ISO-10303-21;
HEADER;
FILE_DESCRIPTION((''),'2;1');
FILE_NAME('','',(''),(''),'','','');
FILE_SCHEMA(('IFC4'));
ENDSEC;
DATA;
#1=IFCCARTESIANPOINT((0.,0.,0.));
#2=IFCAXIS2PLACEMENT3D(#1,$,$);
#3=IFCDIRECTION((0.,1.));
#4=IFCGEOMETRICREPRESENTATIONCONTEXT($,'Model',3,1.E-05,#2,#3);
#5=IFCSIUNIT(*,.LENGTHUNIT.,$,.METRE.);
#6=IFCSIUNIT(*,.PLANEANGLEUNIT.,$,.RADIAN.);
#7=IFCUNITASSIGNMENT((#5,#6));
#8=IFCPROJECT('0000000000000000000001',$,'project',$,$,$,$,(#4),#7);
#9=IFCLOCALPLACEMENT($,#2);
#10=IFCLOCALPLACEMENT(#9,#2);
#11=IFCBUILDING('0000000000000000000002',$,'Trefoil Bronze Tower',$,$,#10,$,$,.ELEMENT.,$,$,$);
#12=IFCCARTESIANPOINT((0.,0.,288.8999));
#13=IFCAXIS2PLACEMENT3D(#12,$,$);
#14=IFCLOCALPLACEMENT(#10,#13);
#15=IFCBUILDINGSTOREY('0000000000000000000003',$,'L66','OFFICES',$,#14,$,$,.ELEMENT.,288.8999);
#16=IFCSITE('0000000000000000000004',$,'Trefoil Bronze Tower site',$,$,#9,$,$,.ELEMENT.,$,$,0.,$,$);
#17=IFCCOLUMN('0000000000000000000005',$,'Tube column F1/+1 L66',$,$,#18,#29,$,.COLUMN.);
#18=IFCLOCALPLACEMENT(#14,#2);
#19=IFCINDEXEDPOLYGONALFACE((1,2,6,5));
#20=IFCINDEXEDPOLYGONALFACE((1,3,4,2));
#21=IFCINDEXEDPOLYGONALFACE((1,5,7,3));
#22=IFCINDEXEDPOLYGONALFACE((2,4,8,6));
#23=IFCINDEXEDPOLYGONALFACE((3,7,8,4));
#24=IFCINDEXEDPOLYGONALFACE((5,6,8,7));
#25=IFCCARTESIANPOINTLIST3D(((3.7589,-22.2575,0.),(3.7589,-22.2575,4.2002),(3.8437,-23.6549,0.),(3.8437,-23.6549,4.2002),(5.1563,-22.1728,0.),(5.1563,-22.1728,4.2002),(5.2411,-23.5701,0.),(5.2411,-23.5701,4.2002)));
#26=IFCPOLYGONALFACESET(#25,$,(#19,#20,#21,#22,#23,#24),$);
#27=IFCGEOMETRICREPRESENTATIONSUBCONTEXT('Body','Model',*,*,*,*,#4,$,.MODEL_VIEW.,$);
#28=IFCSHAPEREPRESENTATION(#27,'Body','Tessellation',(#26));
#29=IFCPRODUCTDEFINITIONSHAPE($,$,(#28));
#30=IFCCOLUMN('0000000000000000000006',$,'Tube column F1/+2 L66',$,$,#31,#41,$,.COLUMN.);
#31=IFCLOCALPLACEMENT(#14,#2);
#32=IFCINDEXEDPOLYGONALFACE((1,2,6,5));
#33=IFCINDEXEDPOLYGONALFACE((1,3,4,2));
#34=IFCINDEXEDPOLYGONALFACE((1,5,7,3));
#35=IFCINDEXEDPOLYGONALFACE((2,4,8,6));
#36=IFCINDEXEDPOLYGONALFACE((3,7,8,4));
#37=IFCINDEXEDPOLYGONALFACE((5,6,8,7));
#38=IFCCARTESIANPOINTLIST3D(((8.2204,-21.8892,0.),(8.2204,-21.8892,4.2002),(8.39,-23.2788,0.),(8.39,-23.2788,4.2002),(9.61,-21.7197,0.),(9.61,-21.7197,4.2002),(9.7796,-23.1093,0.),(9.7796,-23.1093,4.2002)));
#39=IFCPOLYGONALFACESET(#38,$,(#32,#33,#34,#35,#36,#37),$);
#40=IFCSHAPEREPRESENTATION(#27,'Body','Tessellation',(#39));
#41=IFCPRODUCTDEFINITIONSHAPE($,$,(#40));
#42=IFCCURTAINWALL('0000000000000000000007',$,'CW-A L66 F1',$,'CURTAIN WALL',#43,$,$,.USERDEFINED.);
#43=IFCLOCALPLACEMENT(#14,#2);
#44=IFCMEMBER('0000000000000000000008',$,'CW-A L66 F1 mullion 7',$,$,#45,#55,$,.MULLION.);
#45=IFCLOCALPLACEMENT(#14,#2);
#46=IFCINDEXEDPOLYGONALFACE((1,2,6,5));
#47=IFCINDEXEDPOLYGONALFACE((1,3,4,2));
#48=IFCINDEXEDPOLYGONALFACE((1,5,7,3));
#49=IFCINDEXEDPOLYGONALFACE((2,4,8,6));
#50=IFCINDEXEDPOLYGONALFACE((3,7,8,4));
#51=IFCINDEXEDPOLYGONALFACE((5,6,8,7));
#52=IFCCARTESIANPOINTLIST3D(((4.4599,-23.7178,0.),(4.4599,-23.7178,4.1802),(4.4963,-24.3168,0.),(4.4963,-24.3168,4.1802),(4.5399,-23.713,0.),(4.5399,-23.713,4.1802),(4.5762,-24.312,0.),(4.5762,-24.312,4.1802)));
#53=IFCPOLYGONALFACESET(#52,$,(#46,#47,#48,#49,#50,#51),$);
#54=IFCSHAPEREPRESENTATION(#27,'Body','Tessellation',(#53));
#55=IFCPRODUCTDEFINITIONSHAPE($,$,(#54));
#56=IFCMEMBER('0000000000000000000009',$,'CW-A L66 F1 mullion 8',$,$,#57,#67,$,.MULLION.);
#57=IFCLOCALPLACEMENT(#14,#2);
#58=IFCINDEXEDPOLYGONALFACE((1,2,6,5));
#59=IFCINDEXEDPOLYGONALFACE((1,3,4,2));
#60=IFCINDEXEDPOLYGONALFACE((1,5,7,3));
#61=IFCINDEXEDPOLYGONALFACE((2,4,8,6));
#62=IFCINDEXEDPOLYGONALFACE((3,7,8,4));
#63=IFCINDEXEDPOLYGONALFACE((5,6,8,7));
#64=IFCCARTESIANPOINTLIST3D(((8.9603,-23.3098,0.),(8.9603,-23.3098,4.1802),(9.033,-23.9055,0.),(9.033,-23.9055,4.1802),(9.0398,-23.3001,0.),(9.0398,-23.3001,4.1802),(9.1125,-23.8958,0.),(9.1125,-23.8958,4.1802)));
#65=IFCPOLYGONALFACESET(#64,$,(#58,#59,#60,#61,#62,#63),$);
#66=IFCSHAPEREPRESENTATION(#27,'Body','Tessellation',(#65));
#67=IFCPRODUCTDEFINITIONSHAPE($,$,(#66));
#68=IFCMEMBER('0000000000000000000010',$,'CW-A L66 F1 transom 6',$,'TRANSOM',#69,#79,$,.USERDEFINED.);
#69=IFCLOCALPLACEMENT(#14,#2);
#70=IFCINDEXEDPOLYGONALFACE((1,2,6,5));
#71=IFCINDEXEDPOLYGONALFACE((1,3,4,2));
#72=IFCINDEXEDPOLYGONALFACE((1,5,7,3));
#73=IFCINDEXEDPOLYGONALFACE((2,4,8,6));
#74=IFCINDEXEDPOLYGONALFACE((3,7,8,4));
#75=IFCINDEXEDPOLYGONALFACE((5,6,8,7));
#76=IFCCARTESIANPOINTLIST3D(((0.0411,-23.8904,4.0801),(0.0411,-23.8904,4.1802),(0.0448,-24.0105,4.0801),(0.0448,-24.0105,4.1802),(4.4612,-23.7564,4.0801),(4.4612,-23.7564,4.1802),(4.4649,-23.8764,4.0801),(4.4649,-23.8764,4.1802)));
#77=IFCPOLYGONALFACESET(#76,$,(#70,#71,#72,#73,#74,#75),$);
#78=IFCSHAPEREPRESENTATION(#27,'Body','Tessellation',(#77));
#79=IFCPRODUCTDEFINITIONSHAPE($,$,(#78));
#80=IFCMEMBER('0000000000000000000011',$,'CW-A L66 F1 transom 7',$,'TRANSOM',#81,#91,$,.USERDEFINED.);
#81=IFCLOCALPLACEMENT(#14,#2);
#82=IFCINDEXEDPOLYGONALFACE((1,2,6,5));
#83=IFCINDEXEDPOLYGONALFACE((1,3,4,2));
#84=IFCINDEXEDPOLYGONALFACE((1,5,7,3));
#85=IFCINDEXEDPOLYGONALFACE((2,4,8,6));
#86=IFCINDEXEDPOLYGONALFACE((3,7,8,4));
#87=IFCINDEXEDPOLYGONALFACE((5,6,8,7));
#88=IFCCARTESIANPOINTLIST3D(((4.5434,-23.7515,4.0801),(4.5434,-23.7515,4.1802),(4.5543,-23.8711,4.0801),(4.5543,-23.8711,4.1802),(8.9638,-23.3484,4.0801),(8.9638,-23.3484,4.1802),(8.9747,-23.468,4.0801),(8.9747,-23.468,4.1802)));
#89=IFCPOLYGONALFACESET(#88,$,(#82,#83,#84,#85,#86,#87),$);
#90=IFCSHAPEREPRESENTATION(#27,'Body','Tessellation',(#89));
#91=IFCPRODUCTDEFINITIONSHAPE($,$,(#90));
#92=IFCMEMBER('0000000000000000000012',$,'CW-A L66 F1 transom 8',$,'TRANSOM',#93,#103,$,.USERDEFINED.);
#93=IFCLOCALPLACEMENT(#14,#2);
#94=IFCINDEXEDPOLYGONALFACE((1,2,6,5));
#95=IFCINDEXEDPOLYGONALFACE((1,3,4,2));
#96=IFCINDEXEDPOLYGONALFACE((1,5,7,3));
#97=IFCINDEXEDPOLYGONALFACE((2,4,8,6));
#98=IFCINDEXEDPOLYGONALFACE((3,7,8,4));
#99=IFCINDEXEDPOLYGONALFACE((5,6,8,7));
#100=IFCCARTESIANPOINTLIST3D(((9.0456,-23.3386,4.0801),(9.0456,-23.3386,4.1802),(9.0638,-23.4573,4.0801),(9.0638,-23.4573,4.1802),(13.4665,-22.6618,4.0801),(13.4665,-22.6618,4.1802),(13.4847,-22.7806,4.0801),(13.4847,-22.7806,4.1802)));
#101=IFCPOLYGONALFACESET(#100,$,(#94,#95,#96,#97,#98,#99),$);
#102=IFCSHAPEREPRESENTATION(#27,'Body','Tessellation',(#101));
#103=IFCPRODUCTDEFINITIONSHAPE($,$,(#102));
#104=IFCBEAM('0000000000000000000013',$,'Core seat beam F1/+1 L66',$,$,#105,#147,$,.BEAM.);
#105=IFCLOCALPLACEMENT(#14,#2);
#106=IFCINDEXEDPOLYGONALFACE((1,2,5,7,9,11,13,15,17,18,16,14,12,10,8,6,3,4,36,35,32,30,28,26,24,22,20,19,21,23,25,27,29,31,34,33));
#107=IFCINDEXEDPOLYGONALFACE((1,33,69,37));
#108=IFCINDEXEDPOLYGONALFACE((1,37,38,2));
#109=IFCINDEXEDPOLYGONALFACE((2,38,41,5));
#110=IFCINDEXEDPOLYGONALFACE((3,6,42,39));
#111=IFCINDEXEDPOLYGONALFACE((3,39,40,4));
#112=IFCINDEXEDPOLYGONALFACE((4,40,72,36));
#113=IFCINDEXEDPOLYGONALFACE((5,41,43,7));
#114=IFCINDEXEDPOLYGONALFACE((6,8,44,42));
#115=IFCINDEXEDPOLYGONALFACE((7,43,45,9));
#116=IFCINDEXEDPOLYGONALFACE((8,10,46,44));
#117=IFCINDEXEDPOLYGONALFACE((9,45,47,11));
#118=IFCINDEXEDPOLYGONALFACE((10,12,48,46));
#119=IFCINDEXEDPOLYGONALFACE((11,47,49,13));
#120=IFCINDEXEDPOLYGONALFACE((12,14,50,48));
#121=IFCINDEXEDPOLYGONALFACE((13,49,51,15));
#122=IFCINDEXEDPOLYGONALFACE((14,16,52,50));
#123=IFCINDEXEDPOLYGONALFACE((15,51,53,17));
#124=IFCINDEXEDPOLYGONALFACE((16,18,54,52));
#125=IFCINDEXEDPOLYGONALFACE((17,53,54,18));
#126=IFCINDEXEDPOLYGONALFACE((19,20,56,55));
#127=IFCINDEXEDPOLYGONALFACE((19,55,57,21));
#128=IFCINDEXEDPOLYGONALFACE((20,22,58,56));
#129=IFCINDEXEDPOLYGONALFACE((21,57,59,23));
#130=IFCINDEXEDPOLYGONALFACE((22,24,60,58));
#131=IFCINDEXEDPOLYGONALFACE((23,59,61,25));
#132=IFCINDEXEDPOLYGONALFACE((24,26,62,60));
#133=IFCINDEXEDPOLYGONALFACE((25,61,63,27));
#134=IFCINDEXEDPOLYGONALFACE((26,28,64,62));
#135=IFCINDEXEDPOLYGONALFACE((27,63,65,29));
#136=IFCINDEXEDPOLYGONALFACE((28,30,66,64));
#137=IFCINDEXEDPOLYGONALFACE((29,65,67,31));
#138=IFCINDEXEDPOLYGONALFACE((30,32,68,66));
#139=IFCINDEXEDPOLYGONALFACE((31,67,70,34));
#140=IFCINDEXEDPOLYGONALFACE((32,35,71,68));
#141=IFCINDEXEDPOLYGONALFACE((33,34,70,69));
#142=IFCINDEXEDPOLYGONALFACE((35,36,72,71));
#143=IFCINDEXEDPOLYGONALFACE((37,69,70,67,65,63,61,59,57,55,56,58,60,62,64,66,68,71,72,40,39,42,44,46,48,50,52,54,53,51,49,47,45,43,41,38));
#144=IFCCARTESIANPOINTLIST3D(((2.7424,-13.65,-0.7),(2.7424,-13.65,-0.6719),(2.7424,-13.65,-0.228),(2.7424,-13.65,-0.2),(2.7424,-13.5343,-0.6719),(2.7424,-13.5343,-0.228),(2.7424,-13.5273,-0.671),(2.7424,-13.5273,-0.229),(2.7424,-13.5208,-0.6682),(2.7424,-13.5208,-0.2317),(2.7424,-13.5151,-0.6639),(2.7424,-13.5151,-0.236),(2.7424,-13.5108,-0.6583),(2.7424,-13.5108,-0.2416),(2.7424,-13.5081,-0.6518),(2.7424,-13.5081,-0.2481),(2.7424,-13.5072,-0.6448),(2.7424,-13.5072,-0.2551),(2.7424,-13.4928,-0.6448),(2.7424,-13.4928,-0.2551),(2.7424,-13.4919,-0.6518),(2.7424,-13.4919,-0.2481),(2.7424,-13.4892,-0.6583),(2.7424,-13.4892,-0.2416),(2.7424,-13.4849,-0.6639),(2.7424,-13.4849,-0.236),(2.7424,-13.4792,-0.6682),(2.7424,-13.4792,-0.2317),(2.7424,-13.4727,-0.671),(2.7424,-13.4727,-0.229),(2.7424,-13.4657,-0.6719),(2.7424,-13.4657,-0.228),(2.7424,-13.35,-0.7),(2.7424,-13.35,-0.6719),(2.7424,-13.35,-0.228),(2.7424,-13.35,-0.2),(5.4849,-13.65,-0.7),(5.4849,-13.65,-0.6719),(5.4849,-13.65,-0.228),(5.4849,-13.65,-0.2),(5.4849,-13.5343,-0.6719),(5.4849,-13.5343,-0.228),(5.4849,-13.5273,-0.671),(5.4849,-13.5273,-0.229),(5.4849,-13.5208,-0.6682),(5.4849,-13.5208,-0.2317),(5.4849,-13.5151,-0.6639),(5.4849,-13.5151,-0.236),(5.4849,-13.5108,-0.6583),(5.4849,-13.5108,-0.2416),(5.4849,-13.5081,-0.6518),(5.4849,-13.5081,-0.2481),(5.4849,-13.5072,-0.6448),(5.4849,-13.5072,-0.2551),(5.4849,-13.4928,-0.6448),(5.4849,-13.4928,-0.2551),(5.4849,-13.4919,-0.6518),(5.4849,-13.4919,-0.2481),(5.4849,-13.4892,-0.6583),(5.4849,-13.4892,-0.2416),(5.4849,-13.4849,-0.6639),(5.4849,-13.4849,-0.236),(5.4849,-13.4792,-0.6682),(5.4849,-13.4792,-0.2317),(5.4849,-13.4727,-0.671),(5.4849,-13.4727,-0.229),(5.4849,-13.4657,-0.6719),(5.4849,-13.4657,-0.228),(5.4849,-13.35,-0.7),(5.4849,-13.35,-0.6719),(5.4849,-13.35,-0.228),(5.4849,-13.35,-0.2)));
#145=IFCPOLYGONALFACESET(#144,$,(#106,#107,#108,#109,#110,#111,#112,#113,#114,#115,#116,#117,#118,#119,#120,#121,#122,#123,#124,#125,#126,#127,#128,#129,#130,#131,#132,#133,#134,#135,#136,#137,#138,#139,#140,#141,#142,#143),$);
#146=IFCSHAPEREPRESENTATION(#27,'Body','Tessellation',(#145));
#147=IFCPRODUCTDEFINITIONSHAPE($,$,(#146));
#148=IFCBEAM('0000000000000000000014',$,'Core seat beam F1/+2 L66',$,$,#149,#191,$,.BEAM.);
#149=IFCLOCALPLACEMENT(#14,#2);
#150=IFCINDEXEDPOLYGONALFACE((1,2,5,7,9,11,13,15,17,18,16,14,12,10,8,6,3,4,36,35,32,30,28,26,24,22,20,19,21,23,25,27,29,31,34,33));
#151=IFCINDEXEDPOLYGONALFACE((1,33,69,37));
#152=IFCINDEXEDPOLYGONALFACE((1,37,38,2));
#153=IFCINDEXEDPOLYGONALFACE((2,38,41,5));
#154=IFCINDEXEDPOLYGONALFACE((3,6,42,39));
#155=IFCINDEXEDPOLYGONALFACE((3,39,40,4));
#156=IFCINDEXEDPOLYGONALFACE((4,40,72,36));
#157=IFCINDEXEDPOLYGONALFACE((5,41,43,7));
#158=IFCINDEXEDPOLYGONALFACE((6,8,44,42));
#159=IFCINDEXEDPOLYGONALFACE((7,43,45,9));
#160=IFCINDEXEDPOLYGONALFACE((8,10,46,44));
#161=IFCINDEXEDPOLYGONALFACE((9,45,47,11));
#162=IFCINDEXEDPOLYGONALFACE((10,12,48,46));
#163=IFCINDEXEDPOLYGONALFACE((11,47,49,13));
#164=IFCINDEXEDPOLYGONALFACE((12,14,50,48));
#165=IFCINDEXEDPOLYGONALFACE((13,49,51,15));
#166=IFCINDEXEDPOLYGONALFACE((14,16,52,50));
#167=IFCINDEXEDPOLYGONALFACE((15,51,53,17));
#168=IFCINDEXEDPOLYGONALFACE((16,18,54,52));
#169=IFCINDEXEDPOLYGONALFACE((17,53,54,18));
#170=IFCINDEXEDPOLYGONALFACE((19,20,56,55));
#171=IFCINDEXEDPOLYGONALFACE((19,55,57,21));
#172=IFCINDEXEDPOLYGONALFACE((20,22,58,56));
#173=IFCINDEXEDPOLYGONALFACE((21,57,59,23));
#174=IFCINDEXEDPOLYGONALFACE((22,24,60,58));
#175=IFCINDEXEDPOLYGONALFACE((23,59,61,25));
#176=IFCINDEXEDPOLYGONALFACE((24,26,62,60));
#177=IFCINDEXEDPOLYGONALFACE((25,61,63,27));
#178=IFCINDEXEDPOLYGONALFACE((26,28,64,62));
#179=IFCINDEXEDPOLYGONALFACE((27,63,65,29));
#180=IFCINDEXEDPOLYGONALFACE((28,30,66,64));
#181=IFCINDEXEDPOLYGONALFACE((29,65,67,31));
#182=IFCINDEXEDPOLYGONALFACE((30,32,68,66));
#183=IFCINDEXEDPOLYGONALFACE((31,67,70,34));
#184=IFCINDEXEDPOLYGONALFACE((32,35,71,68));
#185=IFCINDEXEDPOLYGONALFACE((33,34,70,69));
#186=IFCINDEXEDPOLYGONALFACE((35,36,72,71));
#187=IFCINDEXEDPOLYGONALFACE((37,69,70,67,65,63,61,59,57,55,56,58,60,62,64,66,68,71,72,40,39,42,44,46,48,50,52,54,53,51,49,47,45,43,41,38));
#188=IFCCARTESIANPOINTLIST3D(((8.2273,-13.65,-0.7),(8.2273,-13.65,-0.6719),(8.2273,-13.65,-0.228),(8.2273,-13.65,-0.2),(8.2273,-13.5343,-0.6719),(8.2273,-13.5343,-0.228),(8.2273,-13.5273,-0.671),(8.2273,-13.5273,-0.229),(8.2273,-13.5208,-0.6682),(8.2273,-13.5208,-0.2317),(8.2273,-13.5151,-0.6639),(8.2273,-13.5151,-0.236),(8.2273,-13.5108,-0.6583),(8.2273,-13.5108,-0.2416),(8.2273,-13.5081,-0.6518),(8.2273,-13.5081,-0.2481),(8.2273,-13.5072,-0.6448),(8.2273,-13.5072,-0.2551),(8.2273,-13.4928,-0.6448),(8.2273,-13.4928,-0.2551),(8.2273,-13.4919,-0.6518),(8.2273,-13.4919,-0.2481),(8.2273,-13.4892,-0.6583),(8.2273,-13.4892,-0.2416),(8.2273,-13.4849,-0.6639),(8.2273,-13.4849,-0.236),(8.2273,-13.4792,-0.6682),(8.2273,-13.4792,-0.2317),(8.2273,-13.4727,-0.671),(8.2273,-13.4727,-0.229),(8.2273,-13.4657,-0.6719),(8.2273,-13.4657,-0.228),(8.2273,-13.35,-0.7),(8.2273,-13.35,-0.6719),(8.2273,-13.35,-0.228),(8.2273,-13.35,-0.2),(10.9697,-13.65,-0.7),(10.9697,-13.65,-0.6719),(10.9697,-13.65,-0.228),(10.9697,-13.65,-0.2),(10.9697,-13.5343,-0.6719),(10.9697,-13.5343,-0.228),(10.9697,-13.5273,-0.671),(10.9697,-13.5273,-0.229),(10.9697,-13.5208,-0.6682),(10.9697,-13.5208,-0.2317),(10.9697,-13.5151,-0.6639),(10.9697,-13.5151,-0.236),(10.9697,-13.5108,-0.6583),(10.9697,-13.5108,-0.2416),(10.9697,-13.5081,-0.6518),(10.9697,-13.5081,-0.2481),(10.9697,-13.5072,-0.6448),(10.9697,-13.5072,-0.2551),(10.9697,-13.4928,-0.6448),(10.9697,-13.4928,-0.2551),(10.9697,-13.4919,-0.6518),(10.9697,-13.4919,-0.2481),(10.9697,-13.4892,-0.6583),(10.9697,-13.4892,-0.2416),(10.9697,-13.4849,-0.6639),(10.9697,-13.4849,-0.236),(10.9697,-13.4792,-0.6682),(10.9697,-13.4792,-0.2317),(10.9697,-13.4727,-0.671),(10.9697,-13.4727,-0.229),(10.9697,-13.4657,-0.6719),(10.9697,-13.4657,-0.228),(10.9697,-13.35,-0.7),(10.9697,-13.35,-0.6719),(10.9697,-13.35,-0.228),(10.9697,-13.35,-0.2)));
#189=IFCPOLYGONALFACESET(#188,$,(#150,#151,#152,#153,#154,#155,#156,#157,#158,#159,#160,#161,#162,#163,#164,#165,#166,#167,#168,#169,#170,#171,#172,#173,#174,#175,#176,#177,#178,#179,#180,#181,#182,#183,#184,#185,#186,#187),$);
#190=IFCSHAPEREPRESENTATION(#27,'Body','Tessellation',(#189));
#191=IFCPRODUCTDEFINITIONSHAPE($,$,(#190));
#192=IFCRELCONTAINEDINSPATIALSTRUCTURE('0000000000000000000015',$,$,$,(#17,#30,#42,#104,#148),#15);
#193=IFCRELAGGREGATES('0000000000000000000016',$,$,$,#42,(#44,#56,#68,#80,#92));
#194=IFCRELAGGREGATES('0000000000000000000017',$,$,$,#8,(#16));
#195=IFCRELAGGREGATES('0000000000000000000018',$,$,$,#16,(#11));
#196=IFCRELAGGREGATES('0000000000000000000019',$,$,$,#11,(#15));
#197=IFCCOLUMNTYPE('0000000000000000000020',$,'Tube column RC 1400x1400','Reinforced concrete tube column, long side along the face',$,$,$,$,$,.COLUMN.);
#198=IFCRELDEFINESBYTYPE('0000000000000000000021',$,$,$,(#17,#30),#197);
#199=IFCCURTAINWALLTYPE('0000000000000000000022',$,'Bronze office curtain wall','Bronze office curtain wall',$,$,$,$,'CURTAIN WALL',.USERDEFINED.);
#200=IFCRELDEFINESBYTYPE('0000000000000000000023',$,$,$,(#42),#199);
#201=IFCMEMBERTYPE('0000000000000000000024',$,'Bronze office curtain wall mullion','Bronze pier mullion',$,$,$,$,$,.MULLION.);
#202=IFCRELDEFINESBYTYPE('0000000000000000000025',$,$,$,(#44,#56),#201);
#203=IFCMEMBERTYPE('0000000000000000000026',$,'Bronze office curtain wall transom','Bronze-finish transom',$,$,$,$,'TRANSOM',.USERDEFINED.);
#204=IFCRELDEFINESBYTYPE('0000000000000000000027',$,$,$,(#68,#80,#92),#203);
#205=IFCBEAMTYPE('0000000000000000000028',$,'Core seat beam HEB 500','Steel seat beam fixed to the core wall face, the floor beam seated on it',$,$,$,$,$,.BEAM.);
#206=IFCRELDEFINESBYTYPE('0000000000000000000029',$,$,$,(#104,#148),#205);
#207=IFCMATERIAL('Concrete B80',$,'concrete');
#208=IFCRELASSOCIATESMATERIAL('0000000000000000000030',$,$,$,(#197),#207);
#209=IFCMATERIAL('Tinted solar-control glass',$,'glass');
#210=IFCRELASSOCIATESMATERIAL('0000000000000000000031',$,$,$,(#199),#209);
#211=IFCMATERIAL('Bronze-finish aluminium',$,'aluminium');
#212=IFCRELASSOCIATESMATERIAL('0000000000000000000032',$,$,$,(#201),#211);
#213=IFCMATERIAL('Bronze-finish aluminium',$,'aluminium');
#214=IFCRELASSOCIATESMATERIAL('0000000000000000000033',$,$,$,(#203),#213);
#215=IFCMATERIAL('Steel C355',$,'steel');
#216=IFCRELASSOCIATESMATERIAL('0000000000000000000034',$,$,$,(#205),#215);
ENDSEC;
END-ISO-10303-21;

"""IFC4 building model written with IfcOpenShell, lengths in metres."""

from ifc_helpers import new_model, si_unit, direction, frame, origin, origin_2d, place, context, subcontext, project, spatial, rectangle, i_section, extrude, material, material_profile, profile_set, type_object, element, aggregate, save


model = new_model("IFC4")

# Units and contexts
model_context = context("Model", 3, precision=1e-05, world=origin(), true_north=direction((0.0, 1.0)))
body_context = subcontext(model_context, "Body", "Model", "MODEL_VIEW")
ifc_project = project(units=[si_unit("LENGTHUNIT", "METRE"), si_unit("PLANEANGLEUNIT", "RADIAN")], contexts=[model_context])

# Site, building, storey
site_placement = place(None, origin())
site = spatial("IfcSite", under=ifc_project, at=site_placement, Name="Trefoil Bronze Tower site", CompositionType="ELEMENT", RefElevation=0.0)
building_placement = place(site_placement, origin())
building = spatial("IfcBuilding", under=site, at=building_placement, Name="Trefoil Bronze Tower", CompositionType="ELEMENT")
storey_placement = place(building_placement, frame((0.0, 0.0, 288.8999)))
storey = spatial("IfcBuildingStorey", under=building, at=storey_placement, Name="L66", Description="OFFICES", CompositionType="ELEMENT", Elevation=288.8999)

# Columns
ifc_material_1 = material(Name="Concrete B80", Category="concrete")
ifc_material_profile_1 = material_profile(ifc_material_1, rectangle(XDim=1.3999, YDim=1.3999, at=origin_2d()), Name="RC 1400x1400")
ifc_profile_set_1 = profile_set([ifc_material_profile_1], Name="Concrete B80")
column_type = type_object("IfcColumnType", Name="Tube column RC 1400x1400", Description="Reinforced concrete tube column, long side along the face", PredefinedType="COLUMN", material=ifc_profile_set_1)
for number, where, z_axis, x_axis, name in (
    (1, (4.5, -22.9138, 0.0), (0.0, 0.0, 1.0), (0.998165, 0.060554, 0.0), "Tube column F1/+1 L66"),
    (2, (9.0, -22.4993, 0.0), (0.0, 0.0, 1.0), (0.992639, 0.121109, 0.0), "Tube column F1/+2 L66"),
):
    element("IfcColumn", number, at=place(storey_placement, frame(where, z_axis=z_axis, x_axis=x_axis)), inside=storey, type_object=column_type, Name=name, PredefinedType="COLUMN", context=body_context, shape_type="SweptSolid", body=[
        extrude(rectangle(XDim=1.3999, YDim=1.3999, at=origin_2d()), origin(), (0.0, 0.0, 1.0), 4.2002),
    ])

# Curtain wall, members
ifc_material_2 = material(Name="Tinted solar-control glass", Category="glass")
curtain_wall_type = type_object("IfcCurtainWallType", Name="Bronze office curtain wall", Description="Bronze office curtain wall", ElementType="CURTAIN WALL", PredefinedType="USERDEFINED", material=ifc_material_2)
curtain_wall_placement = place(storey_placement, origin())
curtain_wall = element("IfcCurtainWall", 3, at=curtain_wall_placement, inside=storey, type_object=curtain_wall_type, Name="CW-A L66 F1", ObjectType="CURTAIN WALL", PredefinedType="USERDEFINED")
ifc_material_3 = material(Name="Bronze-finish aluminium", Category="aluminium")
ifc_material_profile_2 = material_profile(ifc_material_3, rectangle(XDim=0.6001, YDim=0.0801, at=origin_2d()), Name="CW-A mullion")
ifc_profile_set_2 = profile_set([ifc_material_profile_2], Name="Bronze-finish aluminium")
member_type_1 = type_object("IfcMemberType", Name="Bronze office curtain wall mullion", Description="Bronze pier mullion", PredefinedType="MULLION", material=ifc_profile_set_2)
member_1_placement = place(storey_placement, frame((4.5181, -24.0149, 0.0), z_axis=(0.0, 0.0, 1.0), x_axis=(-0.060554, 0.998165, 0.0)))
member_1 = element("IfcMember", 4, at=member_1_placement, type_object=member_type_1, Name="CW-A L66 F1 mullion 7", PredefinedType="MULLION", context=body_context, shape_type="SweptSolid", body=[
    extrude(rectangle(XDim=0.6001, YDim=0.0801, at=origin_2d()), origin(), (0.0, 0.0, 1.0), 4.1802),
])
member_2_placement = place(storey_placement, frame((9.0364, -23.6028, 0.0), z_axis=(0.0, 0.0, 1.0), x_axis=(-0.121109, 0.992639, 0.0)))
member_2 = element("IfcMember", 5, at=member_2_placement, type_object=member_type_1, Name="CW-A L66 F1 mullion 8", PredefinedType="MULLION", context=body_context, shape_type="SweptSolid", body=[
    extrude(rectangle(XDim=0.6001, YDim=0.0801, at=origin_2d()), origin(), (0.0, 0.0, 1.0), 4.1802),
])
ifc_material_4 = material(Name="Bronze-finish aluminium", Category="aluminium")
ifc_material_profile_3 = material_profile(ifc_material_4, rectangle(XDim=0.1201, YDim=0.1001, at=origin_2d()), Name="CW-A transom")
ifc_profile_set_3 = profile_set([ifc_material_profile_3], Name="Bronze-finish aluminium")
member_type_2 = type_object("IfcMemberType", Name="Bronze office curtain wall transom", Description="Bronze-finish transom", ElementType="TRANSOM", PredefinedType="USERDEFINED", material=ifc_profile_set_3)
member_3_placement = place(storey_placement, frame((0.043, -23.9504, 4.1301), z_axis=(0.999541, 0.030309, 0.0), x_axis=(-0.030309, 0.999541, 0.0)))
member_3 = element("IfcMember", 6, at=member_3_placement, type_object=member_type_2, Name="CW-A L66 F1 transom 6", ObjectType="TRANSOM", PredefinedType="USERDEFINED", context=body_context, shape_type="SweptSolid", body=[
    extrude(rectangle(XDim=0.1201, YDim=0.1001, at=origin_2d()), origin(), (0.0, 0.0, 1.0), 4.4221),
])
member_4_placement = place(storey_placement, frame((4.5488, -23.8113, 4.1301), z_axis=(0.995868, 0.090808, 0.0), x_axis=(-0.090808, 0.995868, 0.0)))
member_4 = element("IfcMember", 7, at=member_4_placement, type_object=member_type_2, Name="CW-A L66 F1 transom 7", ObjectType="TRANSOM", PredefinedType="USERDEFINED", context=body_context, shape_type="SweptSolid", body=[
    extrude(rectangle(XDim=0.1201, YDim=0.1001, at=origin_2d()), origin(), (0.0, 0.0, 1.0), 4.4387),
])
member_5_placement = place(storey_placement, frame((9.0547, -23.3979, 4.1301), z_axis=(0.988485, 0.151319, 0.0), x_axis=(-0.151319, 0.988485, 0.0)))
member_5 = element("IfcMember", 8, at=member_5_placement, type_object=member_type_2, Name="CW-A L66 F1 transom 8", ObjectType="TRANSOM", PredefinedType="USERDEFINED", context=body_context, shape_type="SweptSolid", body=[
    extrude(rectangle(XDim=0.1201, YDim=0.1001, at=origin_2d()), origin(), (0.0, 0.0, 1.0), 4.4724),
])

# Beams
ifc_material_5 = material(Name="Steel C355", Category="steel")
ifc_material_profile_4 = material_profile(ifc_material_5, i_section(OverallWidth=0.3, OverallDepth=0.5, WebThickness=0.0144, FlangeThickness=0.0281, FilletRadius=0.0271, at=origin_2d()), Name="HEB 500")
ifc_profile_set_4 = profile_set([ifc_material_profile_4], Name="Steel C355")
beam_type_1 = type_object("IfcBeamType", Name="Core seat beam HEB 500", Description="Steel seat beam fixed to the core wall face, the floor beam seated on it", PredefinedType="BEAM", material=ifc_profile_set_4)
for number, where, z_axis, x_axis, name in (
    (9, (2.7424, -13.5, -0.45), (1.0, 0.0, 0.0), (0.0, 1.0, 0.0), "Core seat beam F1/+1 L66"),
    (10, (8.2273, -13.5, -0.45), (1.0, 0.0, 0.0), (0.0, 1.0, 0.0), "Core seat beam F1/+2 L66"),
):
    element("IfcBeam", number, at=place(storey_placement, frame(where, z_axis=z_axis, x_axis=x_axis)), inside=storey, type_object=beam_type_1, Name=name, PredefinedType="BEAM", context=body_context, shape_type="SweptSolid", body=[
        extrude(i_section(OverallWidth=0.3, OverallDepth=0.5, WebThickness=0.0144, FlangeThickness=0.0281, FilletRadius=0.0271, at=origin_2d()), origin(), (0.0, 0.0, 1.0), 2.7424),
    ])

aggregate(curtain_wall, [member_1, member_2, member_3, member_4, member_5])

save(model, "model.ifc")
